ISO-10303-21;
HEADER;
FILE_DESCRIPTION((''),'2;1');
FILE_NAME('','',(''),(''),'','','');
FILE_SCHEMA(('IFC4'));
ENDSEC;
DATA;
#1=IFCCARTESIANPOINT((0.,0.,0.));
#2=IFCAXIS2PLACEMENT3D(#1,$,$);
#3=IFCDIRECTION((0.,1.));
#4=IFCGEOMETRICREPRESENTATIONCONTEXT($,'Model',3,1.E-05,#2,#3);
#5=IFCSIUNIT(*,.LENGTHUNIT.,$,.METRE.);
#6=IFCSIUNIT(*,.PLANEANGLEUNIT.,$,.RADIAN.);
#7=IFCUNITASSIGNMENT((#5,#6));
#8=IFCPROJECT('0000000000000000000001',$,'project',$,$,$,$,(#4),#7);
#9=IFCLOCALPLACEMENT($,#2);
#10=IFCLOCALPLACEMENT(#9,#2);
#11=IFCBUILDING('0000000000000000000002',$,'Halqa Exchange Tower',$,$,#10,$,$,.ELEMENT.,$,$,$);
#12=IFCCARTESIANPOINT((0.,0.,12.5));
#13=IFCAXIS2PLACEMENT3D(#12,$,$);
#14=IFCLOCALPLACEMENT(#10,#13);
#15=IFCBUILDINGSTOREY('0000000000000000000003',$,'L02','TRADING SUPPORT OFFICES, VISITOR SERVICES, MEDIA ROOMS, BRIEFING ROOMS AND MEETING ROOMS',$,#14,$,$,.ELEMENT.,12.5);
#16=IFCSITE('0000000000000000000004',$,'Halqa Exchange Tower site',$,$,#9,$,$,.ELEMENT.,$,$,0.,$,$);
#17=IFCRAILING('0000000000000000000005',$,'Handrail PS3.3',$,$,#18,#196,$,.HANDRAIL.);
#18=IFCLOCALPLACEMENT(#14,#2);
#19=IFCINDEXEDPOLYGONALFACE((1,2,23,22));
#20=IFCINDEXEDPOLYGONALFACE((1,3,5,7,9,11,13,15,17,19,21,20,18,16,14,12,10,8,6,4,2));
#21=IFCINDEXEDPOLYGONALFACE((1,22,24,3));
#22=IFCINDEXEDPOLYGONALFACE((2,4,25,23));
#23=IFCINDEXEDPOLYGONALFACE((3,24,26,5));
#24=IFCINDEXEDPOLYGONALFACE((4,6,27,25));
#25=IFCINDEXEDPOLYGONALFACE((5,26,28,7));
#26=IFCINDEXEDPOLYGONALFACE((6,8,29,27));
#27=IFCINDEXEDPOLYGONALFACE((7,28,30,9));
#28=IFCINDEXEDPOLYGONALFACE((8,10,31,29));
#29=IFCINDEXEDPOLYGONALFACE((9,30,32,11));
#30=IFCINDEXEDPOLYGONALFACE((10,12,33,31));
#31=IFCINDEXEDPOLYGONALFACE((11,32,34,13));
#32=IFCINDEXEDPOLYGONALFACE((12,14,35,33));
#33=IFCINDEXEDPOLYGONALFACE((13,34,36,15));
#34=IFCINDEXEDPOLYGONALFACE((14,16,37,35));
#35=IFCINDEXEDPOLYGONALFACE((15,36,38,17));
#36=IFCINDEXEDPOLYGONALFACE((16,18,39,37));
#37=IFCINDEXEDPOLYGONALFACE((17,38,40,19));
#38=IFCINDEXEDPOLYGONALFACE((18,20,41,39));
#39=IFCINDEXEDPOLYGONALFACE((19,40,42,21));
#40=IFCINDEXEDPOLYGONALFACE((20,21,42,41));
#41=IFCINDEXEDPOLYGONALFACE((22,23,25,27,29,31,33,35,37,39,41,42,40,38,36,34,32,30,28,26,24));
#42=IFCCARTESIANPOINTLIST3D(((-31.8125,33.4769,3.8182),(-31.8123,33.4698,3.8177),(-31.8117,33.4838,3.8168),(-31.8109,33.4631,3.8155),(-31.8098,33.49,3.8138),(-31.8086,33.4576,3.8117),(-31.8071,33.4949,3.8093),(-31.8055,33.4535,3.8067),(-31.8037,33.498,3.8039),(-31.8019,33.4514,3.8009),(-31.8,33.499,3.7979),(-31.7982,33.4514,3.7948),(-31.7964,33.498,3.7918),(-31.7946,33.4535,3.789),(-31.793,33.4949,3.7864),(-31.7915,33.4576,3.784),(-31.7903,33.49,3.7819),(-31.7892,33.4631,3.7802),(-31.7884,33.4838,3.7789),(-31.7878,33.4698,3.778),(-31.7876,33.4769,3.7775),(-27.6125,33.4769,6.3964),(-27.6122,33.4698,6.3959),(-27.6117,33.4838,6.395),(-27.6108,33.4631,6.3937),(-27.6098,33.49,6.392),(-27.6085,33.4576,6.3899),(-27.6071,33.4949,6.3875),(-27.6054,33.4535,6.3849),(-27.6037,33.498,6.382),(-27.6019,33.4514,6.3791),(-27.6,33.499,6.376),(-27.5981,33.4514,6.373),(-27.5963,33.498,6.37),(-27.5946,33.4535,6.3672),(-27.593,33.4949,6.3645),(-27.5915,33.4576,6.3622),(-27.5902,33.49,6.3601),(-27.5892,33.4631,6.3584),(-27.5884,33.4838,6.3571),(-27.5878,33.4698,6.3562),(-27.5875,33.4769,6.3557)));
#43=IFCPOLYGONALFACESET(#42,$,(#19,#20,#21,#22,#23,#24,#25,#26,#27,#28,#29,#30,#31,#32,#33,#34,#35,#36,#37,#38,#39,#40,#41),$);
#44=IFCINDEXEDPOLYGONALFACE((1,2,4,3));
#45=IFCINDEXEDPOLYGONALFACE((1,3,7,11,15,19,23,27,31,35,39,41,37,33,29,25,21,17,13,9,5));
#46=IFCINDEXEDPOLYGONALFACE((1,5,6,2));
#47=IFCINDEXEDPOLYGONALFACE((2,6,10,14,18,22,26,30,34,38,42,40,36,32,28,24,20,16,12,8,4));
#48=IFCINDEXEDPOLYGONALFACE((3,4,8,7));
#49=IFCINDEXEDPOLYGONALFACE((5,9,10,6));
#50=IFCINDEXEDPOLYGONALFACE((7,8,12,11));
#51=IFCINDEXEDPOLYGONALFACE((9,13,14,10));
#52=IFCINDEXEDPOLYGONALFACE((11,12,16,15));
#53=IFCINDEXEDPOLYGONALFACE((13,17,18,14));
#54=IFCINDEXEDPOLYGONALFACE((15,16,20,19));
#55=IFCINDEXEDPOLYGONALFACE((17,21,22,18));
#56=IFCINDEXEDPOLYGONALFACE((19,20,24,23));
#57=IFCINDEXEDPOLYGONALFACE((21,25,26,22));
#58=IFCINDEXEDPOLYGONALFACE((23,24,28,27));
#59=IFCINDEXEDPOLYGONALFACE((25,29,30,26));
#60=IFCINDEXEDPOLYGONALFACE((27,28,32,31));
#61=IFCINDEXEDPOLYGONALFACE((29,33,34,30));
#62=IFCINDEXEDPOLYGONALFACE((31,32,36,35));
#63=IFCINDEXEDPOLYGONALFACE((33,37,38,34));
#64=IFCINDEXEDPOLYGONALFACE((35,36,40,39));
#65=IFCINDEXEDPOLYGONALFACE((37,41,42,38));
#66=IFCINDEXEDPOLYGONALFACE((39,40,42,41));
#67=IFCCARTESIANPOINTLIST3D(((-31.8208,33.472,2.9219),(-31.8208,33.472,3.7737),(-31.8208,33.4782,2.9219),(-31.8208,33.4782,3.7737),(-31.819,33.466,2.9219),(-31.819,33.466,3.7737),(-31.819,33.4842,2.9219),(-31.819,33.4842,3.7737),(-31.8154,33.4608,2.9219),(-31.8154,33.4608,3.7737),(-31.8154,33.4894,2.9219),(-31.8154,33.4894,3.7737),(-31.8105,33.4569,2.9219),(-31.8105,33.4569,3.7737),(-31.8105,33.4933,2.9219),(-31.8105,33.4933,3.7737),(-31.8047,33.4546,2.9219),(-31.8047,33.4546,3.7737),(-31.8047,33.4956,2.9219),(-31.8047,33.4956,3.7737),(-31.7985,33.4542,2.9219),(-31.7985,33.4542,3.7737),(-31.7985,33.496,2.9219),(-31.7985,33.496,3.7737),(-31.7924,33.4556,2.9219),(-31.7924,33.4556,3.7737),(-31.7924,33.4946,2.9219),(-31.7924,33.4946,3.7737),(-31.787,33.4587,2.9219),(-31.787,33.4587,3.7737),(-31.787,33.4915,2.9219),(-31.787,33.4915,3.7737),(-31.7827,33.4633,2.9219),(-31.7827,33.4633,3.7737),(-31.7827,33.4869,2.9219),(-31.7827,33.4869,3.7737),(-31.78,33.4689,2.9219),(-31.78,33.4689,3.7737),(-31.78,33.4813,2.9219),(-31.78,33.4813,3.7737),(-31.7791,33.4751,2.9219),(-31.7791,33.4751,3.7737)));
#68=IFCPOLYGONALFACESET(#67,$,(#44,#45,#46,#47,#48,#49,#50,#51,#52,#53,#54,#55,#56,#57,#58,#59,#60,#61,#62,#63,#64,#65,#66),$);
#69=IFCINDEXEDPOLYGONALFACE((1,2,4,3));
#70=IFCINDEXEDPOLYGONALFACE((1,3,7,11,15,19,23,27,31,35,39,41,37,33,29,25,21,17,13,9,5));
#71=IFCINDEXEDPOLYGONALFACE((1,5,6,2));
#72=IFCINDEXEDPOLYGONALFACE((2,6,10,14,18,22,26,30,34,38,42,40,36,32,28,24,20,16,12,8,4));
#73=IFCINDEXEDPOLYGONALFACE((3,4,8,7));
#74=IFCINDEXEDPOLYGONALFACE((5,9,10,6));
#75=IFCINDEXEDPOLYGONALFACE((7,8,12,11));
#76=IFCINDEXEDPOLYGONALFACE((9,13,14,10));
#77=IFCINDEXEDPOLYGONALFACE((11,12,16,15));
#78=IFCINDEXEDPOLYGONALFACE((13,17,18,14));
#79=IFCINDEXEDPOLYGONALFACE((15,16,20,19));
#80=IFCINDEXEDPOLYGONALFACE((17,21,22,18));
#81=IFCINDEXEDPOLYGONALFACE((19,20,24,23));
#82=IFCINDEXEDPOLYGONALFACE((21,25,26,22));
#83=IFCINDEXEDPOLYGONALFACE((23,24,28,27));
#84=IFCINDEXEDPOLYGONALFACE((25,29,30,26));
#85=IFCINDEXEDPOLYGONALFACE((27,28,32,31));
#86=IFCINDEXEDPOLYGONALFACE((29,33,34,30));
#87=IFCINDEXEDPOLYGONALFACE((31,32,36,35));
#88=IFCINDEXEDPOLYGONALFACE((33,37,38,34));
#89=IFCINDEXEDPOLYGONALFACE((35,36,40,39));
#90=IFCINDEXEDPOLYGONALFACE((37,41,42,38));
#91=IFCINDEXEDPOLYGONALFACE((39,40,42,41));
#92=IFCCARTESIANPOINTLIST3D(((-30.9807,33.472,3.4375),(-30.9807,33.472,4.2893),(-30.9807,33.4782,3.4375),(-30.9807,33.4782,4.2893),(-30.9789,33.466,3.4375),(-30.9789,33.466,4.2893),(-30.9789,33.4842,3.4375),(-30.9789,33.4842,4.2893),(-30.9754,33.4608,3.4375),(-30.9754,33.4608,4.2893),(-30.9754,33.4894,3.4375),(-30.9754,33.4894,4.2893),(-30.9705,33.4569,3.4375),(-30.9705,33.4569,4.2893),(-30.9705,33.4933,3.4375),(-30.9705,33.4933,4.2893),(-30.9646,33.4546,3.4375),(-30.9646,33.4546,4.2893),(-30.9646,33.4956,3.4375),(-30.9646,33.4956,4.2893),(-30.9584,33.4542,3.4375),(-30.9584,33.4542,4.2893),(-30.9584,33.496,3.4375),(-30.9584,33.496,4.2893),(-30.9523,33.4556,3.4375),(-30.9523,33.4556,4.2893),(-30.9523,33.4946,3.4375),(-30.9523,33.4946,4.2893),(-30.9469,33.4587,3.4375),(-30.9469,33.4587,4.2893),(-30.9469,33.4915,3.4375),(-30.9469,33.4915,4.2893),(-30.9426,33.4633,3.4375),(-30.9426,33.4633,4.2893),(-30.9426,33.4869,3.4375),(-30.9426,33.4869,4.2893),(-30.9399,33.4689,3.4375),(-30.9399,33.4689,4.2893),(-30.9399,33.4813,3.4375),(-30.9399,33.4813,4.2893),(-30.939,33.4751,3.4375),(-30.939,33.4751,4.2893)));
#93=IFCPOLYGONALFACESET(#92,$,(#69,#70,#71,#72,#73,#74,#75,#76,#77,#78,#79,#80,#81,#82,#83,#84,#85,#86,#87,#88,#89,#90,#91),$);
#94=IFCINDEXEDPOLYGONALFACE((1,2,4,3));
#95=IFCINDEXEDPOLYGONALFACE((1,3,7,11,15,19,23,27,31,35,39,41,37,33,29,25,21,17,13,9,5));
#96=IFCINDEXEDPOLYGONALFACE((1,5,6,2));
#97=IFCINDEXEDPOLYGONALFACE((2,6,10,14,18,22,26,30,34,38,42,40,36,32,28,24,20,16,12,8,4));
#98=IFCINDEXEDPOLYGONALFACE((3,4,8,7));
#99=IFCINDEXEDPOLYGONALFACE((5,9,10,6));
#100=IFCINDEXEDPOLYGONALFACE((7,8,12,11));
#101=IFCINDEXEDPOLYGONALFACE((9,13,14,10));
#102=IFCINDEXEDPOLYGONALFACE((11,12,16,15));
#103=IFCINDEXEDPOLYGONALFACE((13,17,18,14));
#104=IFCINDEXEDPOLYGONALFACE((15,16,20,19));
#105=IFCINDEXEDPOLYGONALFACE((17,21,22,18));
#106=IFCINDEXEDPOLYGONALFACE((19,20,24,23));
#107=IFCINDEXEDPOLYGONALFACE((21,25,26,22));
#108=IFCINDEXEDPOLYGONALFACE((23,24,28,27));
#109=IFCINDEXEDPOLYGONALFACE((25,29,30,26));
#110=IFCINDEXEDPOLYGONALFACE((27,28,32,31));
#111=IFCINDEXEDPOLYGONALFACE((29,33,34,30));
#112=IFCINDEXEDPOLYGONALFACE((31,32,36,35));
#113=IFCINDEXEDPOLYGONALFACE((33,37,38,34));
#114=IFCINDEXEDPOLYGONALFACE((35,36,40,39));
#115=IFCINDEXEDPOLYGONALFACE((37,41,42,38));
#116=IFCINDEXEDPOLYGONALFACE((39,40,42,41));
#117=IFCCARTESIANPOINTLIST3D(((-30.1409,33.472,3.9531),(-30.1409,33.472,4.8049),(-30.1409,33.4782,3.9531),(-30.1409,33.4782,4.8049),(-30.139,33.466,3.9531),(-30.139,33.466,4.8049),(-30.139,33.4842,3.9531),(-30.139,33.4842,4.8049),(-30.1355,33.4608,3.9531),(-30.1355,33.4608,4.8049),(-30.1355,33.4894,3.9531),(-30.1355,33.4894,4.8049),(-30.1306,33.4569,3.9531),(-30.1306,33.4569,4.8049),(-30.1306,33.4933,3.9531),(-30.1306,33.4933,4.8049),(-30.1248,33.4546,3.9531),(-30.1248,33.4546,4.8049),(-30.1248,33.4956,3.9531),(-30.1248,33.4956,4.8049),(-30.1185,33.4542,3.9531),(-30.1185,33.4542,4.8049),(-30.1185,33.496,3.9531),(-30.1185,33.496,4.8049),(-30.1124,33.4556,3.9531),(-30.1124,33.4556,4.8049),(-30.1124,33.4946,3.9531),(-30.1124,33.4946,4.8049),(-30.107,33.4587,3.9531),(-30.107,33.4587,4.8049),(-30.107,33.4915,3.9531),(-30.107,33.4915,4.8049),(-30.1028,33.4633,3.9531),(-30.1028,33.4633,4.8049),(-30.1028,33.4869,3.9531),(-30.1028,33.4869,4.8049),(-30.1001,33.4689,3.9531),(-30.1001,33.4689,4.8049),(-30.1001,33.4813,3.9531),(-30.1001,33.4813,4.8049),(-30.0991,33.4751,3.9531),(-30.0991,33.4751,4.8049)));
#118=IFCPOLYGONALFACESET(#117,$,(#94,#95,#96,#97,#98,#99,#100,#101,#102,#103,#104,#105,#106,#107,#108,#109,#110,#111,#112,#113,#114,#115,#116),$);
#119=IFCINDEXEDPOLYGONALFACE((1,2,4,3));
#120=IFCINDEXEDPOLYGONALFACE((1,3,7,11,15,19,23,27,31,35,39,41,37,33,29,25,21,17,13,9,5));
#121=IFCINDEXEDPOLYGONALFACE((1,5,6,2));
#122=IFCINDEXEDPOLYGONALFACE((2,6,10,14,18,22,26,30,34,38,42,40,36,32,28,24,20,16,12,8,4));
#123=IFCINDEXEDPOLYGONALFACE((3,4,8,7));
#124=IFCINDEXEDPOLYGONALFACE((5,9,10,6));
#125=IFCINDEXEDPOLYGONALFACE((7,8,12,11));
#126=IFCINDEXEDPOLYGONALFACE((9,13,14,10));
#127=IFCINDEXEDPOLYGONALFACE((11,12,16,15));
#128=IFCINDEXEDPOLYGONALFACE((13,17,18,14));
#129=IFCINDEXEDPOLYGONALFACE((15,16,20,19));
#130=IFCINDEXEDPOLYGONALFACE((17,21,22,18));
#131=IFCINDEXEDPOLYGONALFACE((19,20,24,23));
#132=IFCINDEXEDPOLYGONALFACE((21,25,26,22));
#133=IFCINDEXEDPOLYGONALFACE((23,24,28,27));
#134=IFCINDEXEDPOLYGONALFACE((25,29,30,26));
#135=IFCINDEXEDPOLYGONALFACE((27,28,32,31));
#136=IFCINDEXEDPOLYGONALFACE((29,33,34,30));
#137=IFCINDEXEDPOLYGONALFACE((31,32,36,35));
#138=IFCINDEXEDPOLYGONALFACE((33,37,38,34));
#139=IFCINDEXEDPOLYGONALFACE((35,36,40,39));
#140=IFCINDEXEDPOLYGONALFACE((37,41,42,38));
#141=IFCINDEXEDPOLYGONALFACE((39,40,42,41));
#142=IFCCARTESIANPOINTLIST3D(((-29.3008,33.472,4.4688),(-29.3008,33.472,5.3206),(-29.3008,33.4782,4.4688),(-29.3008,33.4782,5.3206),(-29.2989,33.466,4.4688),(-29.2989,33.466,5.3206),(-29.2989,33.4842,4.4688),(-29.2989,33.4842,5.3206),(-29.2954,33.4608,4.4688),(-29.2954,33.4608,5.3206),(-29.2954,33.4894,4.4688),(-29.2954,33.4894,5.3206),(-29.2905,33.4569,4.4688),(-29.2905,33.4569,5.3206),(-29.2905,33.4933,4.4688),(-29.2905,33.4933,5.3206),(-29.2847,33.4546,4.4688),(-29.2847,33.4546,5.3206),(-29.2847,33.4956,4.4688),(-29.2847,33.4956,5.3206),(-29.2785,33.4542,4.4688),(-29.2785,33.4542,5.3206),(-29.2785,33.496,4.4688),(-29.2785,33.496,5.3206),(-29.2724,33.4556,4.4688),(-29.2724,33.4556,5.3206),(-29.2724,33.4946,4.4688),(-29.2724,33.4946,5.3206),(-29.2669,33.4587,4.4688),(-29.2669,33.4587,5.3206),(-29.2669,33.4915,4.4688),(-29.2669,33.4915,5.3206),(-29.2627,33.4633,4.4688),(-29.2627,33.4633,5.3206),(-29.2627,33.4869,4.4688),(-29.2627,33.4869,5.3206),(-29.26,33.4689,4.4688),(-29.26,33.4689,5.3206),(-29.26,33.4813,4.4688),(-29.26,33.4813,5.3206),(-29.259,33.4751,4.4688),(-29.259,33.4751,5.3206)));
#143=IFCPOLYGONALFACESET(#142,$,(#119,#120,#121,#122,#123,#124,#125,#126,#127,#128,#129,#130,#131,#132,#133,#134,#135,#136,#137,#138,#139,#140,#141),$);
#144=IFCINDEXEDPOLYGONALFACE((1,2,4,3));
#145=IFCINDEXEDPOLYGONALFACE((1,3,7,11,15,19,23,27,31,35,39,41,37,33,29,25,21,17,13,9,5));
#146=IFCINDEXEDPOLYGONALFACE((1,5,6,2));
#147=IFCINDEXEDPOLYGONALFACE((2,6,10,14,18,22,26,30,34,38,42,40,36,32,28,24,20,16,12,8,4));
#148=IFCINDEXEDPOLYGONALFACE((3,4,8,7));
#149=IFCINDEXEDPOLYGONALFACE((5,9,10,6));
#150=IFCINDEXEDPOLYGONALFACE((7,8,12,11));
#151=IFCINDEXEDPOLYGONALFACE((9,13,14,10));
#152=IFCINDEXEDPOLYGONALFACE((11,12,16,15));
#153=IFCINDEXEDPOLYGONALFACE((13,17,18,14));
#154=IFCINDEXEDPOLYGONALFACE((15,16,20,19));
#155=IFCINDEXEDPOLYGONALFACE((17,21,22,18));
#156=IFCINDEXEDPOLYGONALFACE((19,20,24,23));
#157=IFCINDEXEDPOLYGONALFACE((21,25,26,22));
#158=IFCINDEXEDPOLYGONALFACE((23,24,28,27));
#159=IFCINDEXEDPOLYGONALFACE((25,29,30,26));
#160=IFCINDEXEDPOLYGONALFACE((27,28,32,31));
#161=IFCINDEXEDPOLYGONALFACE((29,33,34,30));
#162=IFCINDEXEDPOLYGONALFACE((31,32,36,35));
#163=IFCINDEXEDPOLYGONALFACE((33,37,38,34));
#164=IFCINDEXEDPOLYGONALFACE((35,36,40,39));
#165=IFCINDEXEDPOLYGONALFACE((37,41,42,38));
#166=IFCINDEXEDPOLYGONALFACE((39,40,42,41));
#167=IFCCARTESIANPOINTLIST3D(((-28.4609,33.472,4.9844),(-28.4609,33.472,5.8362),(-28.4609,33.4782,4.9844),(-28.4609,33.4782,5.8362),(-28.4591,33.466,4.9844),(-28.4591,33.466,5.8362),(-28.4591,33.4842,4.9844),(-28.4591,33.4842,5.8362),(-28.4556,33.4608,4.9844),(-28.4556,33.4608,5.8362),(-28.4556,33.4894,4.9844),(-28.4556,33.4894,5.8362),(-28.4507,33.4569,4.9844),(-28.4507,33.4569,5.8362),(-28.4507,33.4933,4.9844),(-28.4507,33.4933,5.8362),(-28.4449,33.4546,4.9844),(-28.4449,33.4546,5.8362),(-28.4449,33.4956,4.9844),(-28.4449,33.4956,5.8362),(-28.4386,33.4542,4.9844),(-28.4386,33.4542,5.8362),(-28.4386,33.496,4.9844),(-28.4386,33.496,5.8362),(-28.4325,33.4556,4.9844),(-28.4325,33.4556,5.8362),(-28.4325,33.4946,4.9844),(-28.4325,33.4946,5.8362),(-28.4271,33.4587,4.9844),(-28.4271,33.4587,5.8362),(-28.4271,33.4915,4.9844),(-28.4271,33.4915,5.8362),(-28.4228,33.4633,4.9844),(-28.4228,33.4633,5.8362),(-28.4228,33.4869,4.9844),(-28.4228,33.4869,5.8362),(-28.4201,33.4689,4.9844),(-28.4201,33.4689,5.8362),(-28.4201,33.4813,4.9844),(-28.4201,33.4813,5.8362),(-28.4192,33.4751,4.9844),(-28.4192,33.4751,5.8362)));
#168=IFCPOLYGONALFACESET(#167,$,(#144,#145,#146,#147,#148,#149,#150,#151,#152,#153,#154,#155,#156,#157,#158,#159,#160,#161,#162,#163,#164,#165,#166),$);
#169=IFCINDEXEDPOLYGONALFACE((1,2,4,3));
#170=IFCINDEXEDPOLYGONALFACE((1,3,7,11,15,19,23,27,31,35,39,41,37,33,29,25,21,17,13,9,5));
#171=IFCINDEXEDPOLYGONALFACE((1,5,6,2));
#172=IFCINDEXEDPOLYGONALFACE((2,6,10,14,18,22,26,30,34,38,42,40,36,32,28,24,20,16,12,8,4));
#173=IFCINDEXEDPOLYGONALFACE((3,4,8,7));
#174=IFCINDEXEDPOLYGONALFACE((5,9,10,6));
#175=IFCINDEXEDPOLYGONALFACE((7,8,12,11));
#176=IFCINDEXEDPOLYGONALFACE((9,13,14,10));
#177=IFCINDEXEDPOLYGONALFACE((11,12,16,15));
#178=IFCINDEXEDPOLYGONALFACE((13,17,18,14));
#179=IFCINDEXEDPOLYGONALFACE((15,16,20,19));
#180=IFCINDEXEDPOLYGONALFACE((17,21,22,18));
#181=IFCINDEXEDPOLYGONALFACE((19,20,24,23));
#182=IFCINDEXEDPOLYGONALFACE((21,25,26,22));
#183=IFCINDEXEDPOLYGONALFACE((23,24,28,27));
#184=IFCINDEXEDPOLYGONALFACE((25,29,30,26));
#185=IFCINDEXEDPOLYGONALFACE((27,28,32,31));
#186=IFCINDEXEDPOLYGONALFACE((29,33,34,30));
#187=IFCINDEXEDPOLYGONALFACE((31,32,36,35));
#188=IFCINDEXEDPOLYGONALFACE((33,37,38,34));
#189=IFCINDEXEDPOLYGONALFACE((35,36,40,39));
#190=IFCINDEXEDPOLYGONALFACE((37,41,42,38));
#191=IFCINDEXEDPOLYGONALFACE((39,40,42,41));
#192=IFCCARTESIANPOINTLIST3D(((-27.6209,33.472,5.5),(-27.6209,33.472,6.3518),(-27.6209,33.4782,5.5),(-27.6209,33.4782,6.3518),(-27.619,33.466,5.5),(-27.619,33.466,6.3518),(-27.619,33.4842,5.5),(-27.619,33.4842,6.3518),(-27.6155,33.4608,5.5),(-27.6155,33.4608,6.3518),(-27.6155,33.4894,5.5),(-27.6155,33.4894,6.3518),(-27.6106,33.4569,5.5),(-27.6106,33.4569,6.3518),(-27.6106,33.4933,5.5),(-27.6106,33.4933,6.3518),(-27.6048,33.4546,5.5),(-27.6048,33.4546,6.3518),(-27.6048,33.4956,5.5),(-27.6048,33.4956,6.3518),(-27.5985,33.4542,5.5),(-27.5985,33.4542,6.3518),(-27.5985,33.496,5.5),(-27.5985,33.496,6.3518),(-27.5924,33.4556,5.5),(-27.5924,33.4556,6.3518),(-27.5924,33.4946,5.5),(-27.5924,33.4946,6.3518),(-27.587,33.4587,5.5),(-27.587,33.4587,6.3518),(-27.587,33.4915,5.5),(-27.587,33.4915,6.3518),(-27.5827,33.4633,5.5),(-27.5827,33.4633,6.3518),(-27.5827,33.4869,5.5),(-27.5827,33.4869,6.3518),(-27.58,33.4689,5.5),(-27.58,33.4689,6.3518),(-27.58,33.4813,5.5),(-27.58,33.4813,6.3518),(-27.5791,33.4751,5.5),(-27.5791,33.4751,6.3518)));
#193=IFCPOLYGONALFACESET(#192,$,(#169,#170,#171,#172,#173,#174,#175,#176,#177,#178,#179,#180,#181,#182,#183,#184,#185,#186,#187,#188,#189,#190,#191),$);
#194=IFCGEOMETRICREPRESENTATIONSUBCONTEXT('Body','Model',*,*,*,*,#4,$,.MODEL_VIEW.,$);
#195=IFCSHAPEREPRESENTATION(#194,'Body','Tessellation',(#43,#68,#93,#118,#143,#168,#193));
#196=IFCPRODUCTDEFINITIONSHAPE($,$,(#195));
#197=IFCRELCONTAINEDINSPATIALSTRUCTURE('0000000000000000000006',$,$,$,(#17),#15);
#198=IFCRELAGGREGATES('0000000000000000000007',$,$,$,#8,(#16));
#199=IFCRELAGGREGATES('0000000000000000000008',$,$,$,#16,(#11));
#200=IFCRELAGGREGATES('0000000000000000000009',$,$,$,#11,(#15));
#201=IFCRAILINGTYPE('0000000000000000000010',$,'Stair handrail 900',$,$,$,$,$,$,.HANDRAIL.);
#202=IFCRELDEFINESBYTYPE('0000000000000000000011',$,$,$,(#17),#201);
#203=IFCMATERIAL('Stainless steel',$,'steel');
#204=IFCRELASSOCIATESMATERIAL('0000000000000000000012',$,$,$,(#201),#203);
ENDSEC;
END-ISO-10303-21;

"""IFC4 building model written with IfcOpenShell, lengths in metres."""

from ifc_helpers import new_model, si_unit, direction, frame, origin, origin_2d, place, context, subcontext, project, spatial, circle, extrude, material, type_object, element, save


model = new_model("IFC4")

# Units and contexts
model_context = context("Model", 3, precision=1e-05, world=origin(), true_north=direction((0.0, 1.0)))
body_context = subcontext(model_context, "Body", "Model", "MODEL_VIEW")
ifc_project = project(units=[si_unit("LENGTHUNIT", "METRE"), si_unit("PLANEANGLEUNIT", "RADIAN")], contexts=[model_context])

# Site, building, storey
site_placement = place(None, origin())
site = spatial("IfcSite", under=ifc_project, at=site_placement, Name="Halqa Exchange Tower site", CompositionType="ELEMENT", RefElevation=0.0)
building_placement = place(site_placement, origin())
building = spatial("IfcBuilding", under=site, at=building_placement, Name="Halqa Exchange Tower", CompositionType="ELEMENT")
storey_placement = place(building_placement, frame((0.0, 0.0, 12.5)))
storey = spatial("IfcBuildingStorey", under=building, at=storey_placement, Name="L02", Description="TRADING SUPPORT OFFICES, VISITOR SERVICES, MEDIA ROOMS, BRIEFING ROOMS AND MEETING ROOMS", CompositionType="ELEMENT", Elevation=12.5)

# Railing
ifc_material_1 = material(Name="Stainless steel", Category="steel")
railing_type = type_object("IfcRailingType", Name="Stair handrail 900", PredefinedType="HANDRAIL", material=ifc_material_1)
railing_1_placement = place(storey_placement, frame((-31.8, 33.4751, 2.9219)))
element("IfcRailing", 1, at=railing_1_placement, inside=storey, type_object=railing_type, Name="Handrail PS3.3", PredefinedType="HANDRAIL", context=body_context, shape_type="SweptSolid", body=[
    extrude(circle(Radius=0.0239, at=origin_2d()), frame((0.0, 0.0, 0.876), z_axis=(0.852243, 0.0, 0.523146), x_axis=(0.0, 1.0, 0.0)), (0.0, 0.0, 1.0), 4.9282),
    extrude(circle(Radius=0.021, at=origin_2d()), origin(), (0.0, 0.0, 1.0), 0.8518),
    extrude(circle(Radius=0.021, at=origin_2d()), frame((0.8401, 0.0, 0.5156)), (0.0, 0.0, 1.0), 0.8518),
    extrude(circle(Radius=0.021, at=origin_2d()), frame((1.6799, 0.0, 1.0312)), (0.0, 0.0, 1.0), 0.8518),
    extrude(circle(Radius=0.021, at=origin_2d()), frame((2.52, 0.0, 1.5469)), (0.0, 0.0, 1.0), 0.8518),
    extrude(circle(Radius=0.021, at=origin_2d()), frame((3.3599, 0.0, 2.0625)), (0.0, 0.0, 1.0), 0.8518),
    extrude(circle(Radius=0.021, at=origin_2d()), frame((4.2, 0.0, 2.5781)), (0.0, 0.0, 1.0), 0.8518),
])

save(model, "model.ifc")
